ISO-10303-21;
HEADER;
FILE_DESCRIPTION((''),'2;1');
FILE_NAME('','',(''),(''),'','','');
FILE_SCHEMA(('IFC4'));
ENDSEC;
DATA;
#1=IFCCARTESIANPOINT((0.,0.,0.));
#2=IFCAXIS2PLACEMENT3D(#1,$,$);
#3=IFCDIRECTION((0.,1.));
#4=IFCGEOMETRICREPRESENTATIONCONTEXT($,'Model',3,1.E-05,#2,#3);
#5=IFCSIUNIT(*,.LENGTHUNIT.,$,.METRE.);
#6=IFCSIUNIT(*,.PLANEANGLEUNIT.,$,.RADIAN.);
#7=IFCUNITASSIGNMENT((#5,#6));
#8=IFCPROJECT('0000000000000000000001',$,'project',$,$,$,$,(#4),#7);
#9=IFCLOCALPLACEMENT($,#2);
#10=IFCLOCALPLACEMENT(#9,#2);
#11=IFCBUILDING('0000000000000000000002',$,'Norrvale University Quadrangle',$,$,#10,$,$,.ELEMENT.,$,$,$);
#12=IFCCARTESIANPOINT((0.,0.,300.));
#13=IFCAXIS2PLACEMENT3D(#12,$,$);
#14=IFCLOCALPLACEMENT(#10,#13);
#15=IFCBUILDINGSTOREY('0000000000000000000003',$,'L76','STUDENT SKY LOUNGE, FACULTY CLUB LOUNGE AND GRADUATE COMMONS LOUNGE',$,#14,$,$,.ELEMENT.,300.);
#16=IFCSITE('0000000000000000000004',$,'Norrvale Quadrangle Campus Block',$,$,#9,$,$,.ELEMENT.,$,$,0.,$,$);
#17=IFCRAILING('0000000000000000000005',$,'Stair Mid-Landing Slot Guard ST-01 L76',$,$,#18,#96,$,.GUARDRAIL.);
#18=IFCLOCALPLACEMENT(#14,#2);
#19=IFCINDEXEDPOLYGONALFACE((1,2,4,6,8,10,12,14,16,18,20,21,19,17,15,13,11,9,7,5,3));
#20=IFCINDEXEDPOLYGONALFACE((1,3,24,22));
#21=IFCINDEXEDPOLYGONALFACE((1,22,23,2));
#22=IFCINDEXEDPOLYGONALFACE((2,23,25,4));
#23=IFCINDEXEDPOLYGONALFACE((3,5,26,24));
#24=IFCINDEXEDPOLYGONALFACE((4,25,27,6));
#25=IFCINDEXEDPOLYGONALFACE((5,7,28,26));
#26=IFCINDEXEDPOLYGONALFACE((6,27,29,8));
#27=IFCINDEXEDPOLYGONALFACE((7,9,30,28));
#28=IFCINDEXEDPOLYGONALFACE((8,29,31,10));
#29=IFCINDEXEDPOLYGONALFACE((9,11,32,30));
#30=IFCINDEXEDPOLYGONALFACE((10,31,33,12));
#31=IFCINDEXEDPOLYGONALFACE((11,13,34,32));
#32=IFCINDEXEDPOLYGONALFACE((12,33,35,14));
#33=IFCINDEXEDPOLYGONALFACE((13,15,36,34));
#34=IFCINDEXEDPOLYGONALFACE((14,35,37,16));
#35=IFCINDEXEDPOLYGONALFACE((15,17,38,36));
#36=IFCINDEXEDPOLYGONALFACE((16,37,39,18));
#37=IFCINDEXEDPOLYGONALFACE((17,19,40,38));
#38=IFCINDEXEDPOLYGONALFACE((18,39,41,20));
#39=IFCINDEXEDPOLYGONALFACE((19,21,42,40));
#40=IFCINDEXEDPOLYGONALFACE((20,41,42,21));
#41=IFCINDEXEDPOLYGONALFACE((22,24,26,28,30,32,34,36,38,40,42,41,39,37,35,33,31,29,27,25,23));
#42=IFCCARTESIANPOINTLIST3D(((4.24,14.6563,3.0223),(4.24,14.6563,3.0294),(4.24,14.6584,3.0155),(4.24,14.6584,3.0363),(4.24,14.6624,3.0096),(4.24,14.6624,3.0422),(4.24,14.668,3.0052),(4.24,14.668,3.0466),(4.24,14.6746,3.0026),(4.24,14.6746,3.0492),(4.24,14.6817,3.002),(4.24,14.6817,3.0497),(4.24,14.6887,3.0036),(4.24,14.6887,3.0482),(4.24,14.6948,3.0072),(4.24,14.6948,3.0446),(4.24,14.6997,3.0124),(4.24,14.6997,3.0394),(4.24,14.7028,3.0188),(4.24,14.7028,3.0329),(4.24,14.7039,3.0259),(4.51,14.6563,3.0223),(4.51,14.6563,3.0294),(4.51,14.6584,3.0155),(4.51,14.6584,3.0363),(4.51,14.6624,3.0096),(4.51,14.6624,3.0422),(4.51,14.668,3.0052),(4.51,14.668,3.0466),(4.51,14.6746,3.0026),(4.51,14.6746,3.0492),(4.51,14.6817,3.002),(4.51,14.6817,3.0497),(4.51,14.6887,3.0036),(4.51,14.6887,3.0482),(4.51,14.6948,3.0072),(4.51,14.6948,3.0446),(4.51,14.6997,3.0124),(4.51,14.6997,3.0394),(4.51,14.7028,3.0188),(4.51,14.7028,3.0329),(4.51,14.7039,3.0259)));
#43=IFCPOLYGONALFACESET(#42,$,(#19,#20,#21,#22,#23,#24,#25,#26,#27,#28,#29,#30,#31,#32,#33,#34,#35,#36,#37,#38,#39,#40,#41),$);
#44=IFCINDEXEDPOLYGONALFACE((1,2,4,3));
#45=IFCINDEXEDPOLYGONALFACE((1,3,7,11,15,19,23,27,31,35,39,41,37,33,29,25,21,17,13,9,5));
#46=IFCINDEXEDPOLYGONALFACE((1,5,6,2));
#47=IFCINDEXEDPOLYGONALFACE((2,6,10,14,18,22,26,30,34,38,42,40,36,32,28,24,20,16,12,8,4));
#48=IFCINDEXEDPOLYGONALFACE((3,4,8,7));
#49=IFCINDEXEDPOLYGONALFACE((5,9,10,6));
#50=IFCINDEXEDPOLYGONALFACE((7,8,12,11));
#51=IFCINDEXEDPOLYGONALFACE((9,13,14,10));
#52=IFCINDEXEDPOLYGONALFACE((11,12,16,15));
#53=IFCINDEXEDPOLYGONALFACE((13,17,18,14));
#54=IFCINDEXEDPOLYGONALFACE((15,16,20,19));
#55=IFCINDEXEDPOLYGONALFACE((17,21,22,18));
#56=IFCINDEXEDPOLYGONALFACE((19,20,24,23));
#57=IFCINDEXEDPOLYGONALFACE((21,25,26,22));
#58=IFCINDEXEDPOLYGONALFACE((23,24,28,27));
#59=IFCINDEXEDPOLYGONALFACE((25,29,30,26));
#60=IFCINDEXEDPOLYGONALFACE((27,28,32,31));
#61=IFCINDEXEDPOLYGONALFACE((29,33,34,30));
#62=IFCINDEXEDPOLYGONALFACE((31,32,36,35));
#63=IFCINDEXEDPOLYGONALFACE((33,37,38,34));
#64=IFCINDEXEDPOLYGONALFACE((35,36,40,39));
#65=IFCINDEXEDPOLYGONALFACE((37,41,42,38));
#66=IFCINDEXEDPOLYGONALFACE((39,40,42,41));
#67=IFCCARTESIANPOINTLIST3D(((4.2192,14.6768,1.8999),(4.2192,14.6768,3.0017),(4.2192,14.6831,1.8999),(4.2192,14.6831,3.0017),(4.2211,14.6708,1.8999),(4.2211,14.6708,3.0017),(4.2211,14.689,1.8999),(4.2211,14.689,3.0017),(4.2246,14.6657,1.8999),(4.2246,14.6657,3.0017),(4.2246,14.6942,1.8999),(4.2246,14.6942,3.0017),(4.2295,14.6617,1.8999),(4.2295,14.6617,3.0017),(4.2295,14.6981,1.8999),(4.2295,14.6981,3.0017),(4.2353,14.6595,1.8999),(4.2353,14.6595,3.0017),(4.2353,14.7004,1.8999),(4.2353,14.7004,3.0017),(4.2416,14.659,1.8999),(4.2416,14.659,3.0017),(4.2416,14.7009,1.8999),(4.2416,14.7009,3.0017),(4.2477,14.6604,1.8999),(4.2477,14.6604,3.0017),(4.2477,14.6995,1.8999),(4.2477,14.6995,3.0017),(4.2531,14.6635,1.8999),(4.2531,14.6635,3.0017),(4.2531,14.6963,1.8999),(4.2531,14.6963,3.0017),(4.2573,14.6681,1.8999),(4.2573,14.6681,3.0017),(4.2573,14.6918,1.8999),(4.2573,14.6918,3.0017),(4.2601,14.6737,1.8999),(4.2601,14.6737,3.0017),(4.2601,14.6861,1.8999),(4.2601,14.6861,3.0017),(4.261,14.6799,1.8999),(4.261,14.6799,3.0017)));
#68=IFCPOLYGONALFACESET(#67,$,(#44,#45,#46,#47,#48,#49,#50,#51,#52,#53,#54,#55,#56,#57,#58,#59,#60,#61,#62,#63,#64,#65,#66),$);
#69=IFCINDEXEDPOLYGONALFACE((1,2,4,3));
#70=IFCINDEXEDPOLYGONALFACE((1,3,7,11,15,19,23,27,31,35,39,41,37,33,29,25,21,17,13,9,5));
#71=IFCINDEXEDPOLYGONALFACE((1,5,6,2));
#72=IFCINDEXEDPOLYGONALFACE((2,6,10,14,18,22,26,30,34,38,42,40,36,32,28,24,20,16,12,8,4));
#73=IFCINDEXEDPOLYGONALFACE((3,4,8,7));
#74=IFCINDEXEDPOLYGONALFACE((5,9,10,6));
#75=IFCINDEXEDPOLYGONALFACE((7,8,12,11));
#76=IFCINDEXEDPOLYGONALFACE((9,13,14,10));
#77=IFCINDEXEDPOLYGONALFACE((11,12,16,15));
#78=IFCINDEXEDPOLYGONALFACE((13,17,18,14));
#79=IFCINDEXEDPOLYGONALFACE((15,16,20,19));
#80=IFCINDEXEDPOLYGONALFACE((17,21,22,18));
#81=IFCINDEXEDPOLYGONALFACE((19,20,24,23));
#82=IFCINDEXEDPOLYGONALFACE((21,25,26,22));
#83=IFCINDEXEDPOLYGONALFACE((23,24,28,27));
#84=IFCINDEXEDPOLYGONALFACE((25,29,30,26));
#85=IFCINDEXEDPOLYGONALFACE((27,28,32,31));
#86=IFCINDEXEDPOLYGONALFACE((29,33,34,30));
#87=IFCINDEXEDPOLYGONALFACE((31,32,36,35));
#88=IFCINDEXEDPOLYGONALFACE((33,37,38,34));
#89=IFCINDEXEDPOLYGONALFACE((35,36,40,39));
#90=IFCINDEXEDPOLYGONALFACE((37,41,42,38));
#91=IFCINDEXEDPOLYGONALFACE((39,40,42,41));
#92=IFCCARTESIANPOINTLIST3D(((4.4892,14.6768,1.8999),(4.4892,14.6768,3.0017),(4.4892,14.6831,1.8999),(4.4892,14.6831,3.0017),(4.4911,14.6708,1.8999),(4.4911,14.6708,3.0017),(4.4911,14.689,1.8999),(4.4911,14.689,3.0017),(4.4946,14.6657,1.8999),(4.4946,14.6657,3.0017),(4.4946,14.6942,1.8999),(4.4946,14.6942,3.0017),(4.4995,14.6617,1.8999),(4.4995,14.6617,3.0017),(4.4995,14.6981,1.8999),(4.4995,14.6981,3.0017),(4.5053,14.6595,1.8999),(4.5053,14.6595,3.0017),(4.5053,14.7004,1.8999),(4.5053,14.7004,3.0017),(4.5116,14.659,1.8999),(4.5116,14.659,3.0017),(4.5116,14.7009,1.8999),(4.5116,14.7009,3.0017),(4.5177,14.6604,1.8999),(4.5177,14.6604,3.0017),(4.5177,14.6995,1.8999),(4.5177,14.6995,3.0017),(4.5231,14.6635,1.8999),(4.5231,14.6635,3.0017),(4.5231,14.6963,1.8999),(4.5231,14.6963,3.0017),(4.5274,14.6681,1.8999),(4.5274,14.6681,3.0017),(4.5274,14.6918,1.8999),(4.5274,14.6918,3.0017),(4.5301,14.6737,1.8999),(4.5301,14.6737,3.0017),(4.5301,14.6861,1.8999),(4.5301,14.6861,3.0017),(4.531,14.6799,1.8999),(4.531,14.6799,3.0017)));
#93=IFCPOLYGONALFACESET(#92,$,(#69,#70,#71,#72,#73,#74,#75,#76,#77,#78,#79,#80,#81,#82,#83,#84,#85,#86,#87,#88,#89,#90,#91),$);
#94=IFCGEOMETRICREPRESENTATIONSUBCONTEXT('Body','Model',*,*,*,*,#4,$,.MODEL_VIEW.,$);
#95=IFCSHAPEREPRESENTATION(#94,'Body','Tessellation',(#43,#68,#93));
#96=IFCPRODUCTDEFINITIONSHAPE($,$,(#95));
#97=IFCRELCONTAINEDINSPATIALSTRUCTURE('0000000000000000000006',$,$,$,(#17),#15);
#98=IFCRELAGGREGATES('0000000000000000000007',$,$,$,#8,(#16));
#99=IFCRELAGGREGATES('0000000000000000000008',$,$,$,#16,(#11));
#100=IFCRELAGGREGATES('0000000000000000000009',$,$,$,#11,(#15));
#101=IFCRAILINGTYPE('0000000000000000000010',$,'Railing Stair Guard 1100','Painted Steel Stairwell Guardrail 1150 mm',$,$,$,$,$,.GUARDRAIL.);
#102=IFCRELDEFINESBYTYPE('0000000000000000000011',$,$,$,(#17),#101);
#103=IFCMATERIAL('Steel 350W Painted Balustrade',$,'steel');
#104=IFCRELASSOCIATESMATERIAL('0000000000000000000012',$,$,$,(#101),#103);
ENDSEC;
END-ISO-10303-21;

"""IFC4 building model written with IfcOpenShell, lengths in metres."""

from ifc_helpers import new_model, si_unit, direction, frame, origin, origin_2d, place, context, subcontext, project, spatial, circle, extrude, material, type_object, element, save


model = new_model("IFC4")

# Units and contexts
model_context = context("Model", 3, precision=1e-05, world=origin(), true_north=direction((0.0, 1.0)))
body_context = subcontext(model_context, "Body", "Model", "MODEL_VIEW")
ifc_project = project(units=[si_unit("LENGTHUNIT", "METRE"), si_unit("PLANEANGLEUNIT", "RADIAN")], contexts=[model_context])

# Site, building, storey
site_placement = place(None, origin())
site = spatial("IfcSite", under=ifc_project, at=site_placement, Name="Norrvale Quadrangle Campus Block", CompositionType="ELEMENT", RefElevation=0.0)
building_placement = place(site_placement, origin())
building = spatial("IfcBuilding", under=site, at=building_placement, Name="Norrvale University Quadrangle", CompositionType="ELEMENT")
storey_placement = place(building_placement, frame((0.0, 0.0, 300.0)))
storey = spatial("IfcBuildingStorey", under=building, at=storey_placement, Name="L76", Description="STUDENT SKY LOUNGE, FACULTY CLUB LOUNGE AND GRADUATE COMMONS LOUNGE", CompositionType="ELEMENT", Elevation=300.0)

# Railing
ifc_material_1 = material(Name="Steel 350W Painted Balustrade", Category="steel")
railing_type_1 = type_object("IfcRailingType", Name="Railing Stair Guard 1100", Description="Painted Steel Stairwell Guardrail 1150 mm", PredefinedType="GUARDRAIL", material=ifc_material_1)
for number, where, name in (
    (1, (4.24, 14.6799, 1.8999), "Stair Mid-Landing Slot Guard ST-01 L76"),
):
    element("IfcRailing", number, at=place(storey_placement, frame(where)), inside=storey, type_object=railing_type_1, Name=name, PredefinedType="GUARDRAIL", context=body_context, shape_type="SweptSolid", body=[
        extrude(circle(Radius=0.0239, at=origin_2d()), frame((0.0, 0.0, 1.126), z_axis=(1.0, 0.0, 0.0), x_axis=(0.0, 1.0, 0.0)), (0.0, 0.0, 1.0), 0.27),
        extrude(circle(Radius=0.021, at=origin_2d()), origin(), (0.0, 0.0, 1.0), 1.1018),
        extrude(circle(Radius=0.021, at=origin_2d()), frame((0.27, 0.0, 0.0)), (0.0, 0.0, 1.0), 1.1018),
    ])

save(model, "model.ifc")
